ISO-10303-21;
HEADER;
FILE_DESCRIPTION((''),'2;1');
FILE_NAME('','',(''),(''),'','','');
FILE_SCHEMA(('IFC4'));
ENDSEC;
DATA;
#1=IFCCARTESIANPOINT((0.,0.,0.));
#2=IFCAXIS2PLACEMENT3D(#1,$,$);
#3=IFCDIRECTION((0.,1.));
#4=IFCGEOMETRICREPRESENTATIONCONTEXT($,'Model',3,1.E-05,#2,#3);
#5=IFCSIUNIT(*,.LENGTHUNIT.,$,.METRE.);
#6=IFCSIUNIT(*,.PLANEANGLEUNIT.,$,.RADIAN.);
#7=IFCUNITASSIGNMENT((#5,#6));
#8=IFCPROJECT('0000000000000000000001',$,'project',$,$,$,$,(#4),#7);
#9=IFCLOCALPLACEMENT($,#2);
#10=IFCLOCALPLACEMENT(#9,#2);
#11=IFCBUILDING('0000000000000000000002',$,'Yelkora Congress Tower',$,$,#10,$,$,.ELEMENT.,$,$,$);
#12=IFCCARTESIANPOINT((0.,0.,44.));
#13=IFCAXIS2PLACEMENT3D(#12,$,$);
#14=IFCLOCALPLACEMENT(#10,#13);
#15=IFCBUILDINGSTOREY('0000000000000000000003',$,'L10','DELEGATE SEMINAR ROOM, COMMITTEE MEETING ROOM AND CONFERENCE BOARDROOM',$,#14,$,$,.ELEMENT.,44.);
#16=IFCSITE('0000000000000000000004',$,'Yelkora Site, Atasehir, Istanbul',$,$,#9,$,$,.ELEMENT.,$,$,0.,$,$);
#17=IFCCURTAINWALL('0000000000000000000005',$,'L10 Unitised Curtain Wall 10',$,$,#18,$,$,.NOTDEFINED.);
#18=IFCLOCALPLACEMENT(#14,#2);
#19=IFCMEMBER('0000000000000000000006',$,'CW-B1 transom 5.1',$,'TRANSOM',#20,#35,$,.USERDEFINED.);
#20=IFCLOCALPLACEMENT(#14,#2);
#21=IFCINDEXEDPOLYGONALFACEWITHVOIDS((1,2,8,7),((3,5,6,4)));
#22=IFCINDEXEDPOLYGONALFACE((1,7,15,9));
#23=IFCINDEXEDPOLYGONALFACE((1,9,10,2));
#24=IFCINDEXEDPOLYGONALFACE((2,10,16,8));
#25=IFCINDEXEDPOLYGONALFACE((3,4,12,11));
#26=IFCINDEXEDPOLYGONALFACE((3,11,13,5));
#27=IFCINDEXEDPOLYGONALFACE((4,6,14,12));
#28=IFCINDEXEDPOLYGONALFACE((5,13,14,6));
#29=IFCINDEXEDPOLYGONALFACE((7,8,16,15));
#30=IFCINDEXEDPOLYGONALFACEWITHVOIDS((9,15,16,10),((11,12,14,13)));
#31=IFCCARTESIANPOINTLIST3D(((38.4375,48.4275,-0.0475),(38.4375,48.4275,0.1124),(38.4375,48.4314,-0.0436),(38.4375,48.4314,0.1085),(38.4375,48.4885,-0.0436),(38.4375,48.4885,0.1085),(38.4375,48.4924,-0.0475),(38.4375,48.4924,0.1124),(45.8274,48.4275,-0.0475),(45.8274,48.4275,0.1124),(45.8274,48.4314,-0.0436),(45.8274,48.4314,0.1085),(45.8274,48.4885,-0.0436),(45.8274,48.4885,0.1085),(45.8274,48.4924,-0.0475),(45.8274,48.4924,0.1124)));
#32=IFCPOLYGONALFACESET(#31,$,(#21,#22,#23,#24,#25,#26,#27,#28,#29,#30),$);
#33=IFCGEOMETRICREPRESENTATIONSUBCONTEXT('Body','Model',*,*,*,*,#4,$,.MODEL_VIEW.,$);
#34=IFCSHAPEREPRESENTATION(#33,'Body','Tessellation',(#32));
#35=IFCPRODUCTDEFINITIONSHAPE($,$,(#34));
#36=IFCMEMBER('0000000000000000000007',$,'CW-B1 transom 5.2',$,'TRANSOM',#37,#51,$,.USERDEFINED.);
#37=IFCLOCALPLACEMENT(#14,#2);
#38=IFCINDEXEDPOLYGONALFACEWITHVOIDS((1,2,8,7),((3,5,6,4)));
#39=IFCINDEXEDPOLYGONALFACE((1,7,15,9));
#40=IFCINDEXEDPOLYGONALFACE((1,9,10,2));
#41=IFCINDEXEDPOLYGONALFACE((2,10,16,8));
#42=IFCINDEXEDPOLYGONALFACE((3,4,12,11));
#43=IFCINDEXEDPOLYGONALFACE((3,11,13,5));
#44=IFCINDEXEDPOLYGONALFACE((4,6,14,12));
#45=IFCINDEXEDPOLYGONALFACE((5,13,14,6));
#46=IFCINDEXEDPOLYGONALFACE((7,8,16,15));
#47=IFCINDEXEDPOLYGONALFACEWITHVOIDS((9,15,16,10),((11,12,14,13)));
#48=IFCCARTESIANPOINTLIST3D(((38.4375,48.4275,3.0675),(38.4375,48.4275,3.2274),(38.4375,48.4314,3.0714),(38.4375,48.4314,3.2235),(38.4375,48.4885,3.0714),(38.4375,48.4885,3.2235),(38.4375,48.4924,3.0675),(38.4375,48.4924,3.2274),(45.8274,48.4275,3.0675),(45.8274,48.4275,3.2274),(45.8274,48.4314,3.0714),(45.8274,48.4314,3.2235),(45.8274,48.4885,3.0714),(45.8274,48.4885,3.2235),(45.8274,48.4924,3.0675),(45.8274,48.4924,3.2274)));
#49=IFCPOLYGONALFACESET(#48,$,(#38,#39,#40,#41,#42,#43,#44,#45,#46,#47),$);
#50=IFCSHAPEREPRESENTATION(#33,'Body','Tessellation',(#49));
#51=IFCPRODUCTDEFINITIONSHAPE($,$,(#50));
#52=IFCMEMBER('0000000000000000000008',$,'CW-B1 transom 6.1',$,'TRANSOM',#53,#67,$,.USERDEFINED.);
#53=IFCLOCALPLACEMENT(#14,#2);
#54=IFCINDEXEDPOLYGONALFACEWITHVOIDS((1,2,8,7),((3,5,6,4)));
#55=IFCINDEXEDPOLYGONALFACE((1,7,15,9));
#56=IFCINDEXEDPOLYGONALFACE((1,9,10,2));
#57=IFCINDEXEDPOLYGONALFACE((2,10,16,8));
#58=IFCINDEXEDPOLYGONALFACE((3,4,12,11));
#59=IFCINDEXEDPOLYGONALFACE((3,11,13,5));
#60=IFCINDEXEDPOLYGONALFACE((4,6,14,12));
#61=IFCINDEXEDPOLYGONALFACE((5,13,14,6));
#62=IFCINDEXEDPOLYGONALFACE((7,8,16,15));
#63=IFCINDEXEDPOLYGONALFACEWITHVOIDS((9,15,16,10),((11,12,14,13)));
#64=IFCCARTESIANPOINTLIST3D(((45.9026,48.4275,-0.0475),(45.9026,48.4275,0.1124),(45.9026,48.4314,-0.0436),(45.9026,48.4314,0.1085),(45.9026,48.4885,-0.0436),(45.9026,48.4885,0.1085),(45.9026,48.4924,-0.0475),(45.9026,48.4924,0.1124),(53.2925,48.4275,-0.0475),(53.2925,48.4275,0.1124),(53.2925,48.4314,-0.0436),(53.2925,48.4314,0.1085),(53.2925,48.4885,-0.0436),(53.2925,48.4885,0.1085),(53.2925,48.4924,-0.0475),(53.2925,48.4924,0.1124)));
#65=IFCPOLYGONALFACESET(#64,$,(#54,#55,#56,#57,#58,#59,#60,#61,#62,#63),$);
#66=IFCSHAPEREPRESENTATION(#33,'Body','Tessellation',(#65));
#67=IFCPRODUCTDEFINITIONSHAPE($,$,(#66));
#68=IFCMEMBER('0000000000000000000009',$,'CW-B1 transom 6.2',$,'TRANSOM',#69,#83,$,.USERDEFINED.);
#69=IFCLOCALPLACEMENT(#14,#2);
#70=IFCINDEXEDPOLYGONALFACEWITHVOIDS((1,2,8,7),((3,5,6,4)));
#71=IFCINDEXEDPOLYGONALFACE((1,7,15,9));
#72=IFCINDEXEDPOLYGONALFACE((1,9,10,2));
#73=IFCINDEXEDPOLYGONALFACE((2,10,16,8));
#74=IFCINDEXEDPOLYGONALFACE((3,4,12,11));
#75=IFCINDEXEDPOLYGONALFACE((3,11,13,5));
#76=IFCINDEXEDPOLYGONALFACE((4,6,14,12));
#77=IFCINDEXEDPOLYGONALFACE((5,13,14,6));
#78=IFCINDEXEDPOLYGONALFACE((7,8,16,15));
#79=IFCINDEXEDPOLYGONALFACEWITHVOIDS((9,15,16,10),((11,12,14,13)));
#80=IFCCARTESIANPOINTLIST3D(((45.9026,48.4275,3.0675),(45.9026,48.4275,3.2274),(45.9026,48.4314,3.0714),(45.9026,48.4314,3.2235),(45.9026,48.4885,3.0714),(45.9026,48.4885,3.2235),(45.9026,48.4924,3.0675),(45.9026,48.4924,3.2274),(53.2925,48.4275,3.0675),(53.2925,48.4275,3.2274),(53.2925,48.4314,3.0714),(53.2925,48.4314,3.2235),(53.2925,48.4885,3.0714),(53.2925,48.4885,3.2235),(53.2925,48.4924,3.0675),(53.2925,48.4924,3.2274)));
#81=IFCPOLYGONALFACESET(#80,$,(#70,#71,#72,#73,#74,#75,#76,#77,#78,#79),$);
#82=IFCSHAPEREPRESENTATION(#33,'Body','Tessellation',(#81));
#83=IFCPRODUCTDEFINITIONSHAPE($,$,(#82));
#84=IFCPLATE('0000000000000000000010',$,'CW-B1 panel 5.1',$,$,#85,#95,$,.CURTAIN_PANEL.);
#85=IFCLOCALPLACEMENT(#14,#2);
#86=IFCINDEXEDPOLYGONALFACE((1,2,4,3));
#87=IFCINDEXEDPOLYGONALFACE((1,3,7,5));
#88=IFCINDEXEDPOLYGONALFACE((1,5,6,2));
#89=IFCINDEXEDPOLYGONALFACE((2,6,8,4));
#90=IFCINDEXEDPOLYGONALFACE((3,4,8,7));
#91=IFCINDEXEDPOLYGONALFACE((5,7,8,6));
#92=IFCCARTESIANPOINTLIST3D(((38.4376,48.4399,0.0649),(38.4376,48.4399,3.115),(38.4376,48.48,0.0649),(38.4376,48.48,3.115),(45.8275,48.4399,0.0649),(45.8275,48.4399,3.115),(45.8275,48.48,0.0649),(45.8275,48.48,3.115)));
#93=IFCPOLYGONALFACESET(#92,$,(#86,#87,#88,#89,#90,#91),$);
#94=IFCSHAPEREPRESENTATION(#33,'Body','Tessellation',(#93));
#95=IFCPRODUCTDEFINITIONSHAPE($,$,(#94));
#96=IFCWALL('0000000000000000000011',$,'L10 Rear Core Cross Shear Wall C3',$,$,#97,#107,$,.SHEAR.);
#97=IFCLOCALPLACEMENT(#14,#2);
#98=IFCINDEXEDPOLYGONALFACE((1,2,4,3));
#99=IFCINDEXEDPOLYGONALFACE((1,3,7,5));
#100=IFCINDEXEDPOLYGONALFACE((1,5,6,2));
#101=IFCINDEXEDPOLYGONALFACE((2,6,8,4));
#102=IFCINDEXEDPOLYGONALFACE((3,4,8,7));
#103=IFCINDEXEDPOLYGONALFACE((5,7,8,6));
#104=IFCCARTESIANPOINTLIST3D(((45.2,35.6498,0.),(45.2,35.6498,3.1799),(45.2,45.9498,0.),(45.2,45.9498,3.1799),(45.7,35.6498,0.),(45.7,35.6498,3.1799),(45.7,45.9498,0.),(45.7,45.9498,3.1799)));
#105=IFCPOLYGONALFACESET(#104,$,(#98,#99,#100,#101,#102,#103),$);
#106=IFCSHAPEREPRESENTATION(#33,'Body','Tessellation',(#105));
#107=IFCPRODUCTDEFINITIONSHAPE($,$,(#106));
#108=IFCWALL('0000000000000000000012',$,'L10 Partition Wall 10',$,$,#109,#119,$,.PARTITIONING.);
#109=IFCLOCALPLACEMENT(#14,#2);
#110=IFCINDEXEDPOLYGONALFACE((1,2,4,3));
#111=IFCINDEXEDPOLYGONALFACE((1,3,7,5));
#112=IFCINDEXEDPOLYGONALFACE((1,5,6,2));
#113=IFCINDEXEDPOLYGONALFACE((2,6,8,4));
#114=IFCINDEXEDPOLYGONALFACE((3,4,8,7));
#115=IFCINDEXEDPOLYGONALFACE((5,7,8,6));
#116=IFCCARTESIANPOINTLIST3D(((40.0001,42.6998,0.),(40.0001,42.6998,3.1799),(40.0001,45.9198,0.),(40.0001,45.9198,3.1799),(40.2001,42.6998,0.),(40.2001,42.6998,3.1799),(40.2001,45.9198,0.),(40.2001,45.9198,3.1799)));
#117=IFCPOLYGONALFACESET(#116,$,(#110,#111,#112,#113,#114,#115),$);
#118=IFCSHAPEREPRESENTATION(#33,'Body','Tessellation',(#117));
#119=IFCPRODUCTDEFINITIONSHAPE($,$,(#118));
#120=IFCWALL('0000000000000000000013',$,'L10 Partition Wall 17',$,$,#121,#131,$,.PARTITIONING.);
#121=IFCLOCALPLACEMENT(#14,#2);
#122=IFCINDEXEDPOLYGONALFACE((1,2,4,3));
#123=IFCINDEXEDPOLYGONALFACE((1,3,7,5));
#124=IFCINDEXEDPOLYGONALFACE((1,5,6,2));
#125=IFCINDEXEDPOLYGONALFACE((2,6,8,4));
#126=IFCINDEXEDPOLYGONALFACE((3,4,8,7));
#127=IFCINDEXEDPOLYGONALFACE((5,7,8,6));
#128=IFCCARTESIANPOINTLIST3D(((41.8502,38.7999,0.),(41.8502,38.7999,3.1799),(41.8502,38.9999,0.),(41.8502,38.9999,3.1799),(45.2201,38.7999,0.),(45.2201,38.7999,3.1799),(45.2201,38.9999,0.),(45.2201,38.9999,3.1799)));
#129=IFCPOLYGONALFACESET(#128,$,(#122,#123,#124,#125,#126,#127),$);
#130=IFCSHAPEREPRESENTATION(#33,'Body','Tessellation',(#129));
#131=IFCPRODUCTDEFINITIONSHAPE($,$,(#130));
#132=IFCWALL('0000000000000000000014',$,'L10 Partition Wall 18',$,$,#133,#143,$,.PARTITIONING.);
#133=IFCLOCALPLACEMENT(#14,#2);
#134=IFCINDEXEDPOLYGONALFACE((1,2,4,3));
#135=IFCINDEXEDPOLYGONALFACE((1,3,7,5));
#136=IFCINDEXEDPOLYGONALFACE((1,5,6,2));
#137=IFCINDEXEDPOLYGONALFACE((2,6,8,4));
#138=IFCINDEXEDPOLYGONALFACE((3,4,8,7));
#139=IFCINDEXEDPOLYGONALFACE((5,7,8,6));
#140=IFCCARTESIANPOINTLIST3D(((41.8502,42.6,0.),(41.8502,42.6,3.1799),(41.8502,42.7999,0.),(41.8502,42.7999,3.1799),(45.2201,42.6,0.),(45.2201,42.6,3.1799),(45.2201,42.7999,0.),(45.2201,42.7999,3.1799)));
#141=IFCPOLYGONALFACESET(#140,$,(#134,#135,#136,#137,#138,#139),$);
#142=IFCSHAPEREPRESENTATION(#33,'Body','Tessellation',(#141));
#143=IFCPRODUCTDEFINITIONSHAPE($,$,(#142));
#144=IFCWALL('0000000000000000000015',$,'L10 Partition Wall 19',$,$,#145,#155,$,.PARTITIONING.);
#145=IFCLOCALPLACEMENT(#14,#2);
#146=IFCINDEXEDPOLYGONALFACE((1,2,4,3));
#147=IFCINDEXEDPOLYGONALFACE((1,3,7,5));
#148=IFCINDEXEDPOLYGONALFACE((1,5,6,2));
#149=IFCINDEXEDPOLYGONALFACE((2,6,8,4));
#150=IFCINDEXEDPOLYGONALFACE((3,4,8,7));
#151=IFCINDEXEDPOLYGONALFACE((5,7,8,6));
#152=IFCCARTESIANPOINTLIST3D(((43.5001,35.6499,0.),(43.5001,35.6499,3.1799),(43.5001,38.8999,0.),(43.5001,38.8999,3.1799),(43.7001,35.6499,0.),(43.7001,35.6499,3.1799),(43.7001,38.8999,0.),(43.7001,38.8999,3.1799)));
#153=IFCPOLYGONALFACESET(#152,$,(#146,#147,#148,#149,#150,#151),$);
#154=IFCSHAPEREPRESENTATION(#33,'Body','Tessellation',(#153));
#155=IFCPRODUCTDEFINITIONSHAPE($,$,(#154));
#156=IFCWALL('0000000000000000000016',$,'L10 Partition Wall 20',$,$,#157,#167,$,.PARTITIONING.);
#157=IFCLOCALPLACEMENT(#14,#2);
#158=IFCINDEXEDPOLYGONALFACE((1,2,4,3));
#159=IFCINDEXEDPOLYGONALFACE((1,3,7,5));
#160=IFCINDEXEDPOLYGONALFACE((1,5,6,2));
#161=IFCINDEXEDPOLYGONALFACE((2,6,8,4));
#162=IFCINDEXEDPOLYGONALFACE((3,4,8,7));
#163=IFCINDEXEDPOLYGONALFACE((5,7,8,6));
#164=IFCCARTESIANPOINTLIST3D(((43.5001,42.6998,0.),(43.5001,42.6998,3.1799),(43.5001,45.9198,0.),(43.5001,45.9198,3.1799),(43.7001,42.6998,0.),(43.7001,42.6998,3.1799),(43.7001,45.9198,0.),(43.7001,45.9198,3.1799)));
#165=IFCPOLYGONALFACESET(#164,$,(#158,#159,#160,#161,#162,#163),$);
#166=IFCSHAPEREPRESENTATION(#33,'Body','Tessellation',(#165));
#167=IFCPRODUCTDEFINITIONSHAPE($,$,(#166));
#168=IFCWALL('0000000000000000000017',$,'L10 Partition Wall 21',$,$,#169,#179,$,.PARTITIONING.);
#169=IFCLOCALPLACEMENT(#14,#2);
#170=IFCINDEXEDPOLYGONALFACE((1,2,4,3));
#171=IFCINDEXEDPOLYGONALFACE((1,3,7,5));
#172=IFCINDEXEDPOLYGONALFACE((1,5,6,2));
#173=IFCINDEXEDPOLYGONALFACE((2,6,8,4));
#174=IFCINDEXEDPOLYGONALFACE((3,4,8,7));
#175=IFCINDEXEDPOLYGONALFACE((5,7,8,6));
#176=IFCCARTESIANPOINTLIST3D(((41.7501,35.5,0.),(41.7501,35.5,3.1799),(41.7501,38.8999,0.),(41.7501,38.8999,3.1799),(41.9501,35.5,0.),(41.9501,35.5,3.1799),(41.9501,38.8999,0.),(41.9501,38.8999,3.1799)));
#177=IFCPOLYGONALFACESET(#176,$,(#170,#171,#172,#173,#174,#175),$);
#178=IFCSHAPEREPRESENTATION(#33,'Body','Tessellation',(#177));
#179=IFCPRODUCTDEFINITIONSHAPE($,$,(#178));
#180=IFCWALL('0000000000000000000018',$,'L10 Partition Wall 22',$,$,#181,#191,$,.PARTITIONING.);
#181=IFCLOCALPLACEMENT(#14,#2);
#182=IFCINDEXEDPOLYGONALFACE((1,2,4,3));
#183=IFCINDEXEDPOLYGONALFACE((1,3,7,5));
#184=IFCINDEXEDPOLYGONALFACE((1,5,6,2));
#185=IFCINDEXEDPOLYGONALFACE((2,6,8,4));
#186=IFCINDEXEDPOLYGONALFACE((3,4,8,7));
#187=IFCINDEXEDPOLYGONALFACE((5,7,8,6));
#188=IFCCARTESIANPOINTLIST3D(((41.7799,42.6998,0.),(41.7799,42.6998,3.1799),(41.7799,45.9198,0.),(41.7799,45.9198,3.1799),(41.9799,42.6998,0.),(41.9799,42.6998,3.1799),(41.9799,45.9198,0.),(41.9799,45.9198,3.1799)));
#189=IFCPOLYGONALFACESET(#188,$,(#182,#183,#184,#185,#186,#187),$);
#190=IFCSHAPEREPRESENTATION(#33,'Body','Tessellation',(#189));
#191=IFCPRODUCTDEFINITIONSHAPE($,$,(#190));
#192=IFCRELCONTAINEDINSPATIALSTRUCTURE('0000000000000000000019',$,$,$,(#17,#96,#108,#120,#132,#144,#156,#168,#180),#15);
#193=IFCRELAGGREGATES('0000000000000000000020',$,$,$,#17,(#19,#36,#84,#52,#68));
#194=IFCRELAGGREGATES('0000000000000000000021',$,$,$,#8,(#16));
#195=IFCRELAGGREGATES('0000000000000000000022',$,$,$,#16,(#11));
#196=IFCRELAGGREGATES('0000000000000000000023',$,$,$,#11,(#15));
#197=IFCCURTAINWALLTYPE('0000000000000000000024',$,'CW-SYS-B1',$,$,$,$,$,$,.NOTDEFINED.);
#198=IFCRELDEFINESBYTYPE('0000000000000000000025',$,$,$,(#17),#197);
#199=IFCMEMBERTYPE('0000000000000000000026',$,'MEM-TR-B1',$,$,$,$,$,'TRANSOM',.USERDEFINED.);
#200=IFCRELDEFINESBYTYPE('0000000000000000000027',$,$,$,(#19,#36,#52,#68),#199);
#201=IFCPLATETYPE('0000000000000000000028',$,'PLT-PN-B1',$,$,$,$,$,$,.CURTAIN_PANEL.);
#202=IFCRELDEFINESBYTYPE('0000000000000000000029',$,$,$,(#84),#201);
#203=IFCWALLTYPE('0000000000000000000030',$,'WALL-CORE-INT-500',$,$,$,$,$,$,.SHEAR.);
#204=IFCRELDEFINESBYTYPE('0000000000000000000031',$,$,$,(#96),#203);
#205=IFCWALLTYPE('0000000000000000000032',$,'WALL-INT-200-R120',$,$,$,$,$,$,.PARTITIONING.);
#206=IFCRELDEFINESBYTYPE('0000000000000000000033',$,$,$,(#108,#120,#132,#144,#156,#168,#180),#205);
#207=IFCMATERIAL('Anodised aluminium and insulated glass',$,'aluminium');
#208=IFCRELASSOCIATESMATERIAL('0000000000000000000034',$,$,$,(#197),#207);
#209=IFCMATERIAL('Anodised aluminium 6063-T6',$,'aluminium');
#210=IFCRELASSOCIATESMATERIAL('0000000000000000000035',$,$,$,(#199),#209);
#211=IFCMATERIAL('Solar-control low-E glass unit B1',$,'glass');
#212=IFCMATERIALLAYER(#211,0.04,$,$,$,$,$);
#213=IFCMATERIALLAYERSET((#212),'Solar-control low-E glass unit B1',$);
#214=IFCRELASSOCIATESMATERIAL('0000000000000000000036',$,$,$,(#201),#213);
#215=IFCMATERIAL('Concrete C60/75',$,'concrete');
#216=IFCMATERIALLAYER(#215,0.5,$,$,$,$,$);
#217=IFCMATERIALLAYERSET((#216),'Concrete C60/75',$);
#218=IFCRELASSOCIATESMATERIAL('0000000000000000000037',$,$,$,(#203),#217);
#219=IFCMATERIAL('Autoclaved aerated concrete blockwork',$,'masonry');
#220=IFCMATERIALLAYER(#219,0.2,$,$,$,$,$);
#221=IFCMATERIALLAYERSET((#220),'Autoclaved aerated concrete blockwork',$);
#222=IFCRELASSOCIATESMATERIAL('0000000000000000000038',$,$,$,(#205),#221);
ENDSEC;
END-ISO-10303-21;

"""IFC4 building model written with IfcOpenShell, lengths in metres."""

from ifc_helpers import new_model, si_unit, direction, frame, frame_2d, origin, origin_2d, place, context, subcontext, project, spatial, rectangle, hollow_rectangle, extrude, material, layer, layer_set, material_profile, profile_set, type_object, element, aggregate, save


model = new_model("IFC4")

# Units and contexts
model_context = context("Model", 3, precision=1e-05, world=origin(), true_north=direction((0.0, 1.0)))
body_context = subcontext(model_context, "Body", "Model", "MODEL_VIEW")
ifc_project = project(units=[si_unit("LENGTHUNIT", "METRE"), si_unit("PLANEANGLEUNIT", "RADIAN")], contexts=[model_context])

# Site, building, storey
site_placement = place(None, origin())
site = spatial("IfcSite", under=ifc_project, at=site_placement, Name="Yelkora Site, Atasehir, Istanbul", CompositionType="ELEMENT", RefElevation=0.0)
building_placement = place(site_placement, origin())
building = spatial("IfcBuilding", under=site, at=building_placement, Name="Yelkora Congress Tower", CompositionType="ELEMENT")
storey_placement = place(building_placement, frame((0.0, 0.0, 44.0)))
storey = spatial("IfcBuildingStorey", under=building, at=storey_placement, Name="L10", Description="DELEGATE SEMINAR ROOM, COMMITTEE MEETING ROOM AND CONFERENCE BOARDROOM", CompositionType="ELEMENT", Elevation=44.0)

# Shared definitions
ifc_material_1 = material(Name="Concrete C60/75", Category="concrete")

# Curtain wall, members, plate
ifc_material_2 = material(Name="Anodised aluminium and insulated glass", Category="aluminium")
curtain_wall_type = type_object("IfcCurtainWallType", Name="CW-SYS-B1", PredefinedType="NOTDEFINED", material=ifc_material_2)
curtain_wall_placement = place(storey_placement, origin())
curtain_wall = element("IfcCurtainWall", 1, at=curtain_wall_placement, inside=storey, type_object=curtain_wall_type, Name="L10 Unitised Curtain Wall 10", PredefinedType="NOTDEFINED")
ifc_material_3 = material(Name="Anodised aluminium 6063-T6", Category="aluminium")
ifc_material_profile_1 = material_profile(ifc_material_3, hollow_rectangle(XDim=0.0649, YDim=0.1599, WallThickness=0.0039, at=origin_2d()), Name="ALU 65x160x4")
ifc_profile_set_1 = profile_set([ifc_material_profile_1], Name="Anodised aluminium 6063-T6")
member_type_1 = type_object("IfcMemberType", Name="MEM-TR-B1", ElementType="TRANSOM", PredefinedType="USERDEFINED", material=ifc_profile_set_1)
member_1_placement = place(storey_placement, frame((38.4375, 48.46, 0.0325), z_axis=(1.0, 0.0, 0.0), x_axis=(0.0, 1.0, 0.0)))
member_1 = element("IfcMember", 2, at=member_1_placement, type_object=member_type_1, Name="CW-B1 transom 5.1", ObjectType="TRANSOM", PredefinedType="USERDEFINED", context=body_context, shape_type="SweptSolid", body=[
    extrude(hollow_rectangle(XDim=0.0649, YDim=0.1599, WallThickness=0.0039, at=origin_2d()), origin(), (0.0, 0.0, 1.0), 7.3899),
])
member_2_placement = place(storey_placement, frame((38.4375, 48.46, 3.1475), z_axis=(1.0, 0.0, 0.0), x_axis=(0.0, 1.0, 0.0)))
member_2 = element("IfcMember", 3, at=member_2_placement, type_object=member_type_1, Name="CW-B1 transom 5.2", ObjectType="TRANSOM", PredefinedType="USERDEFINED", context=body_context, shape_type="SweptSolid", body=[
    extrude(hollow_rectangle(XDim=0.0649, YDim=0.1599, WallThickness=0.0039, at=origin_2d()), origin(), (0.0, 0.0, 1.0), 7.3899),
])
member_3_placement = place(storey_placement, frame((45.9026, 48.46, 0.0325), z_axis=(1.0, 0.0, 0.0), x_axis=(0.0, 1.0, 0.0)))
member_3 = element("IfcMember", 4, at=member_3_placement, type_object=member_type_1, Name="CW-B1 transom 6.1", ObjectType="TRANSOM", PredefinedType="USERDEFINED", context=body_context, shape_type="SweptSolid", body=[
    extrude(hollow_rectangle(XDim=0.0649, YDim=0.1599, WallThickness=0.0039, at=origin_2d()), origin(), (0.0, 0.0, 1.0), 7.3899),
])
member_4_placement = place(storey_placement, frame((45.9026, 48.46, 3.1475), z_axis=(1.0, 0.0, 0.0), x_axis=(0.0, 1.0, 0.0)))
member_4 = element("IfcMember", 5, at=member_4_placement, type_object=member_type_1, Name="CW-B1 transom 6.2", ObjectType="TRANSOM", PredefinedType="USERDEFINED", context=body_context, shape_type="SweptSolid", body=[
    extrude(hollow_rectangle(XDim=0.0649, YDim=0.1599, WallThickness=0.0039, at=origin_2d()), origin(), (0.0, 0.0, 1.0), 7.3899),
])
ifc_material_4 = material(Name="Solar-control low-E glass unit B1", Category="glass")
ifc_layer_1 = layer(ifc_material_4, 0.04)
ifc_layer_set_1 = layer_set([ifc_layer_1], Name="Solar-control low-E glass unit B1")
plate_type = type_object("IfcPlateType", Name="PLT-PN-B1", PredefinedType="CURTAIN_PANEL", material=ifc_layer_set_1)
plate_placement = place(storey_placement, frame((42.1326, 48.46, 0.0649), z_axis=(0.0, 0.0, 1.0), x_axis=(1.0, 0.0, 0.0)))
plate = element("IfcPlate", 6, at=plate_placement, type_object=plate_type, Name="CW-B1 panel 5.1", PredefinedType="CURTAIN_PANEL", context=body_context, shape_type="SweptSolid", body=[
    extrude(rectangle(XDim=7.3899, YDim=0.04, at=origin_2d()), origin(), (0.0, 0.0, 1.0), 3.05),
])
aggregate(curtain_wall, [member_1, member_2, plate, member_3, member_4])

# Shared definitions
ifc_layer_2 = layer(ifc_material_1, 0.5)
ifc_layer_set_2 = layer_set([ifc_layer_2], Name="Concrete C60/75")
wall_type_1 = type_object("IfcWallType", Name="WALL-CORE-INT-500", PredefinedType="SHEAR", material=ifc_layer_set_2)

# Wall
wall_1_placement = place(storey_placement, frame((45.45, 35.6499, 0.0), z_axis=(0.0, 0.0, 1.0), x_axis=(0.0, 1.0, 0.0)))
element("IfcWall", 7, at=wall_1_placement, inside=storey, type_object=wall_type_1, Name="L10 Rear Core Cross Shear Wall C3", PredefinedType="SHEAR", context=body_context, shape_type="SweptSolid", body=[
    extrude(rectangle(XDim=10.3, YDim=0.5, at=frame_2d((5.1499, 0.0))), origin(), (0.0, 0.0, 1.0), 3.1799),
])

# Walls
ifc_material_5 = material(Name="Autoclaved aerated concrete blockwork", Category="masonry")
ifc_layer_3 = layer(ifc_material_5, 0.2)
ifc_layer_set_3 = layer_set([ifc_layer_3], Name="Autoclaved aerated concrete blockwork")
wall_type_2 = type_object("IfcWallType", Name="WALL-INT-200-R120", PredefinedType="PARTITIONING", material=ifc_layer_set_3)
wall_2_placement = place(storey_placement, frame((40.1001, 42.7, 0.0), z_axis=(0.0, 0.0, 1.0), x_axis=(0.0, 1.0, 0.0)))
element("IfcWall", 8, at=wall_2_placement, inside=storey, type_object=wall_type_2, Name="L10 Partition Wall 10", PredefinedType="PARTITIONING", context=body_context, shape_type="SweptSolid", body=[
    extrude(rectangle(XDim=3.22, YDim=0.2, at=frame_2d((1.6099, 0.0))), origin(), (0.0, 0.0, 1.0), 3.1799),
])
for number, where, z_axis, x_axis, name in (
    (9, (41.8501, 38.8999, 0.0), (0.0, 0.0, 1.0), (1.0, 0.0, 0.0), "L10 Partition Wall 17"),
    (10, (41.8501, 42.7, 0.0), (0.0, 0.0, 1.0), (1.0, 0.0, 0.0), "L10 Partition Wall 18"),
):
    element("IfcWall", number, at=place(storey_placement, frame(where, z_axis=z_axis, x_axis=x_axis)), inside=storey, type_object=wall_type_2, Name=name, PredefinedType="PARTITIONING", context=body_context, shape_type="SweptSolid", body=[
        extrude(rectangle(XDim=3.3699, YDim=0.2, at=frame_2d((1.6851, 0.0))), origin(), (0.0, 0.0, 1.0), 3.1799),
    ])
wall_3_placement = place(storey_placement, frame((43.6001, 35.6499, 0.0), z_axis=(0.0, 0.0, 1.0), x_axis=(0.0, 1.0, 0.0)))
element("IfcWall", 11, at=wall_3_placement, inside=storey, type_object=wall_type_2, Name="L10 Partition Wall 19", PredefinedType="PARTITIONING", context=body_context, shape_type="SweptSolid", body=[
    extrude(rectangle(XDim=3.25, YDim=0.2, at=frame_2d((1.625, 0.0))), origin(), (0.0, 0.0, 1.0), 3.1799),
])
wall_4_placement = place(storey_placement, frame((43.6001, 42.7, 0.0), z_axis=(0.0, 0.0, 1.0), x_axis=(0.0, 1.0, 0.0)))
element("IfcWall", 12, at=wall_4_placement, inside=storey, type_object=wall_type_2, Name="L10 Partition Wall 20", PredefinedType="PARTITIONING", context=body_context, shape_type="SweptSolid", body=[
    extrude(rectangle(XDim=3.22, YDim=0.2, at=frame_2d((1.6099, 0.0))), origin(), (0.0, 0.0, 1.0), 3.1799),
])
wall_5_placement = place(storey_placement, frame((41.8501, 35.5, 0.0), z_axis=(0.0, 0.0, 1.0), x_axis=(0.0, 1.0, 0.0)))
element("IfcWall", 13, at=wall_5_placement, inside=storey, type_object=wall_type_2, Name="L10 Partition Wall 21", PredefinedType="PARTITIONING", context=body_context, shape_type="SweptSolid", body=[
    extrude(rectangle(XDim=3.3999, YDim=0.2, at=frame_2d((1.7, 0.0))), origin(), (0.0, 0.0, 1.0), 3.1799),
])
wall_6_placement = place(storey_placement, frame((41.8799, 42.7, 0.0), z_axis=(0.0, 0.0, 1.0), x_axis=(0.0, 1.0, 0.0)))
element("IfcWall", 14, at=wall_6_placement, inside=storey, type_object=wall_type_2, Name="L10 Partition Wall 22", PredefinedType="PARTITIONING", context=body_context, shape_type="SweptSolid", body=[
    extrude(rectangle(XDim=3.22, YDim=0.2, at=frame_2d((1.6099, 0.0))), origin(), (0.0, 0.0, 1.0), 3.1799),
])

save(model, "model.ifc")
